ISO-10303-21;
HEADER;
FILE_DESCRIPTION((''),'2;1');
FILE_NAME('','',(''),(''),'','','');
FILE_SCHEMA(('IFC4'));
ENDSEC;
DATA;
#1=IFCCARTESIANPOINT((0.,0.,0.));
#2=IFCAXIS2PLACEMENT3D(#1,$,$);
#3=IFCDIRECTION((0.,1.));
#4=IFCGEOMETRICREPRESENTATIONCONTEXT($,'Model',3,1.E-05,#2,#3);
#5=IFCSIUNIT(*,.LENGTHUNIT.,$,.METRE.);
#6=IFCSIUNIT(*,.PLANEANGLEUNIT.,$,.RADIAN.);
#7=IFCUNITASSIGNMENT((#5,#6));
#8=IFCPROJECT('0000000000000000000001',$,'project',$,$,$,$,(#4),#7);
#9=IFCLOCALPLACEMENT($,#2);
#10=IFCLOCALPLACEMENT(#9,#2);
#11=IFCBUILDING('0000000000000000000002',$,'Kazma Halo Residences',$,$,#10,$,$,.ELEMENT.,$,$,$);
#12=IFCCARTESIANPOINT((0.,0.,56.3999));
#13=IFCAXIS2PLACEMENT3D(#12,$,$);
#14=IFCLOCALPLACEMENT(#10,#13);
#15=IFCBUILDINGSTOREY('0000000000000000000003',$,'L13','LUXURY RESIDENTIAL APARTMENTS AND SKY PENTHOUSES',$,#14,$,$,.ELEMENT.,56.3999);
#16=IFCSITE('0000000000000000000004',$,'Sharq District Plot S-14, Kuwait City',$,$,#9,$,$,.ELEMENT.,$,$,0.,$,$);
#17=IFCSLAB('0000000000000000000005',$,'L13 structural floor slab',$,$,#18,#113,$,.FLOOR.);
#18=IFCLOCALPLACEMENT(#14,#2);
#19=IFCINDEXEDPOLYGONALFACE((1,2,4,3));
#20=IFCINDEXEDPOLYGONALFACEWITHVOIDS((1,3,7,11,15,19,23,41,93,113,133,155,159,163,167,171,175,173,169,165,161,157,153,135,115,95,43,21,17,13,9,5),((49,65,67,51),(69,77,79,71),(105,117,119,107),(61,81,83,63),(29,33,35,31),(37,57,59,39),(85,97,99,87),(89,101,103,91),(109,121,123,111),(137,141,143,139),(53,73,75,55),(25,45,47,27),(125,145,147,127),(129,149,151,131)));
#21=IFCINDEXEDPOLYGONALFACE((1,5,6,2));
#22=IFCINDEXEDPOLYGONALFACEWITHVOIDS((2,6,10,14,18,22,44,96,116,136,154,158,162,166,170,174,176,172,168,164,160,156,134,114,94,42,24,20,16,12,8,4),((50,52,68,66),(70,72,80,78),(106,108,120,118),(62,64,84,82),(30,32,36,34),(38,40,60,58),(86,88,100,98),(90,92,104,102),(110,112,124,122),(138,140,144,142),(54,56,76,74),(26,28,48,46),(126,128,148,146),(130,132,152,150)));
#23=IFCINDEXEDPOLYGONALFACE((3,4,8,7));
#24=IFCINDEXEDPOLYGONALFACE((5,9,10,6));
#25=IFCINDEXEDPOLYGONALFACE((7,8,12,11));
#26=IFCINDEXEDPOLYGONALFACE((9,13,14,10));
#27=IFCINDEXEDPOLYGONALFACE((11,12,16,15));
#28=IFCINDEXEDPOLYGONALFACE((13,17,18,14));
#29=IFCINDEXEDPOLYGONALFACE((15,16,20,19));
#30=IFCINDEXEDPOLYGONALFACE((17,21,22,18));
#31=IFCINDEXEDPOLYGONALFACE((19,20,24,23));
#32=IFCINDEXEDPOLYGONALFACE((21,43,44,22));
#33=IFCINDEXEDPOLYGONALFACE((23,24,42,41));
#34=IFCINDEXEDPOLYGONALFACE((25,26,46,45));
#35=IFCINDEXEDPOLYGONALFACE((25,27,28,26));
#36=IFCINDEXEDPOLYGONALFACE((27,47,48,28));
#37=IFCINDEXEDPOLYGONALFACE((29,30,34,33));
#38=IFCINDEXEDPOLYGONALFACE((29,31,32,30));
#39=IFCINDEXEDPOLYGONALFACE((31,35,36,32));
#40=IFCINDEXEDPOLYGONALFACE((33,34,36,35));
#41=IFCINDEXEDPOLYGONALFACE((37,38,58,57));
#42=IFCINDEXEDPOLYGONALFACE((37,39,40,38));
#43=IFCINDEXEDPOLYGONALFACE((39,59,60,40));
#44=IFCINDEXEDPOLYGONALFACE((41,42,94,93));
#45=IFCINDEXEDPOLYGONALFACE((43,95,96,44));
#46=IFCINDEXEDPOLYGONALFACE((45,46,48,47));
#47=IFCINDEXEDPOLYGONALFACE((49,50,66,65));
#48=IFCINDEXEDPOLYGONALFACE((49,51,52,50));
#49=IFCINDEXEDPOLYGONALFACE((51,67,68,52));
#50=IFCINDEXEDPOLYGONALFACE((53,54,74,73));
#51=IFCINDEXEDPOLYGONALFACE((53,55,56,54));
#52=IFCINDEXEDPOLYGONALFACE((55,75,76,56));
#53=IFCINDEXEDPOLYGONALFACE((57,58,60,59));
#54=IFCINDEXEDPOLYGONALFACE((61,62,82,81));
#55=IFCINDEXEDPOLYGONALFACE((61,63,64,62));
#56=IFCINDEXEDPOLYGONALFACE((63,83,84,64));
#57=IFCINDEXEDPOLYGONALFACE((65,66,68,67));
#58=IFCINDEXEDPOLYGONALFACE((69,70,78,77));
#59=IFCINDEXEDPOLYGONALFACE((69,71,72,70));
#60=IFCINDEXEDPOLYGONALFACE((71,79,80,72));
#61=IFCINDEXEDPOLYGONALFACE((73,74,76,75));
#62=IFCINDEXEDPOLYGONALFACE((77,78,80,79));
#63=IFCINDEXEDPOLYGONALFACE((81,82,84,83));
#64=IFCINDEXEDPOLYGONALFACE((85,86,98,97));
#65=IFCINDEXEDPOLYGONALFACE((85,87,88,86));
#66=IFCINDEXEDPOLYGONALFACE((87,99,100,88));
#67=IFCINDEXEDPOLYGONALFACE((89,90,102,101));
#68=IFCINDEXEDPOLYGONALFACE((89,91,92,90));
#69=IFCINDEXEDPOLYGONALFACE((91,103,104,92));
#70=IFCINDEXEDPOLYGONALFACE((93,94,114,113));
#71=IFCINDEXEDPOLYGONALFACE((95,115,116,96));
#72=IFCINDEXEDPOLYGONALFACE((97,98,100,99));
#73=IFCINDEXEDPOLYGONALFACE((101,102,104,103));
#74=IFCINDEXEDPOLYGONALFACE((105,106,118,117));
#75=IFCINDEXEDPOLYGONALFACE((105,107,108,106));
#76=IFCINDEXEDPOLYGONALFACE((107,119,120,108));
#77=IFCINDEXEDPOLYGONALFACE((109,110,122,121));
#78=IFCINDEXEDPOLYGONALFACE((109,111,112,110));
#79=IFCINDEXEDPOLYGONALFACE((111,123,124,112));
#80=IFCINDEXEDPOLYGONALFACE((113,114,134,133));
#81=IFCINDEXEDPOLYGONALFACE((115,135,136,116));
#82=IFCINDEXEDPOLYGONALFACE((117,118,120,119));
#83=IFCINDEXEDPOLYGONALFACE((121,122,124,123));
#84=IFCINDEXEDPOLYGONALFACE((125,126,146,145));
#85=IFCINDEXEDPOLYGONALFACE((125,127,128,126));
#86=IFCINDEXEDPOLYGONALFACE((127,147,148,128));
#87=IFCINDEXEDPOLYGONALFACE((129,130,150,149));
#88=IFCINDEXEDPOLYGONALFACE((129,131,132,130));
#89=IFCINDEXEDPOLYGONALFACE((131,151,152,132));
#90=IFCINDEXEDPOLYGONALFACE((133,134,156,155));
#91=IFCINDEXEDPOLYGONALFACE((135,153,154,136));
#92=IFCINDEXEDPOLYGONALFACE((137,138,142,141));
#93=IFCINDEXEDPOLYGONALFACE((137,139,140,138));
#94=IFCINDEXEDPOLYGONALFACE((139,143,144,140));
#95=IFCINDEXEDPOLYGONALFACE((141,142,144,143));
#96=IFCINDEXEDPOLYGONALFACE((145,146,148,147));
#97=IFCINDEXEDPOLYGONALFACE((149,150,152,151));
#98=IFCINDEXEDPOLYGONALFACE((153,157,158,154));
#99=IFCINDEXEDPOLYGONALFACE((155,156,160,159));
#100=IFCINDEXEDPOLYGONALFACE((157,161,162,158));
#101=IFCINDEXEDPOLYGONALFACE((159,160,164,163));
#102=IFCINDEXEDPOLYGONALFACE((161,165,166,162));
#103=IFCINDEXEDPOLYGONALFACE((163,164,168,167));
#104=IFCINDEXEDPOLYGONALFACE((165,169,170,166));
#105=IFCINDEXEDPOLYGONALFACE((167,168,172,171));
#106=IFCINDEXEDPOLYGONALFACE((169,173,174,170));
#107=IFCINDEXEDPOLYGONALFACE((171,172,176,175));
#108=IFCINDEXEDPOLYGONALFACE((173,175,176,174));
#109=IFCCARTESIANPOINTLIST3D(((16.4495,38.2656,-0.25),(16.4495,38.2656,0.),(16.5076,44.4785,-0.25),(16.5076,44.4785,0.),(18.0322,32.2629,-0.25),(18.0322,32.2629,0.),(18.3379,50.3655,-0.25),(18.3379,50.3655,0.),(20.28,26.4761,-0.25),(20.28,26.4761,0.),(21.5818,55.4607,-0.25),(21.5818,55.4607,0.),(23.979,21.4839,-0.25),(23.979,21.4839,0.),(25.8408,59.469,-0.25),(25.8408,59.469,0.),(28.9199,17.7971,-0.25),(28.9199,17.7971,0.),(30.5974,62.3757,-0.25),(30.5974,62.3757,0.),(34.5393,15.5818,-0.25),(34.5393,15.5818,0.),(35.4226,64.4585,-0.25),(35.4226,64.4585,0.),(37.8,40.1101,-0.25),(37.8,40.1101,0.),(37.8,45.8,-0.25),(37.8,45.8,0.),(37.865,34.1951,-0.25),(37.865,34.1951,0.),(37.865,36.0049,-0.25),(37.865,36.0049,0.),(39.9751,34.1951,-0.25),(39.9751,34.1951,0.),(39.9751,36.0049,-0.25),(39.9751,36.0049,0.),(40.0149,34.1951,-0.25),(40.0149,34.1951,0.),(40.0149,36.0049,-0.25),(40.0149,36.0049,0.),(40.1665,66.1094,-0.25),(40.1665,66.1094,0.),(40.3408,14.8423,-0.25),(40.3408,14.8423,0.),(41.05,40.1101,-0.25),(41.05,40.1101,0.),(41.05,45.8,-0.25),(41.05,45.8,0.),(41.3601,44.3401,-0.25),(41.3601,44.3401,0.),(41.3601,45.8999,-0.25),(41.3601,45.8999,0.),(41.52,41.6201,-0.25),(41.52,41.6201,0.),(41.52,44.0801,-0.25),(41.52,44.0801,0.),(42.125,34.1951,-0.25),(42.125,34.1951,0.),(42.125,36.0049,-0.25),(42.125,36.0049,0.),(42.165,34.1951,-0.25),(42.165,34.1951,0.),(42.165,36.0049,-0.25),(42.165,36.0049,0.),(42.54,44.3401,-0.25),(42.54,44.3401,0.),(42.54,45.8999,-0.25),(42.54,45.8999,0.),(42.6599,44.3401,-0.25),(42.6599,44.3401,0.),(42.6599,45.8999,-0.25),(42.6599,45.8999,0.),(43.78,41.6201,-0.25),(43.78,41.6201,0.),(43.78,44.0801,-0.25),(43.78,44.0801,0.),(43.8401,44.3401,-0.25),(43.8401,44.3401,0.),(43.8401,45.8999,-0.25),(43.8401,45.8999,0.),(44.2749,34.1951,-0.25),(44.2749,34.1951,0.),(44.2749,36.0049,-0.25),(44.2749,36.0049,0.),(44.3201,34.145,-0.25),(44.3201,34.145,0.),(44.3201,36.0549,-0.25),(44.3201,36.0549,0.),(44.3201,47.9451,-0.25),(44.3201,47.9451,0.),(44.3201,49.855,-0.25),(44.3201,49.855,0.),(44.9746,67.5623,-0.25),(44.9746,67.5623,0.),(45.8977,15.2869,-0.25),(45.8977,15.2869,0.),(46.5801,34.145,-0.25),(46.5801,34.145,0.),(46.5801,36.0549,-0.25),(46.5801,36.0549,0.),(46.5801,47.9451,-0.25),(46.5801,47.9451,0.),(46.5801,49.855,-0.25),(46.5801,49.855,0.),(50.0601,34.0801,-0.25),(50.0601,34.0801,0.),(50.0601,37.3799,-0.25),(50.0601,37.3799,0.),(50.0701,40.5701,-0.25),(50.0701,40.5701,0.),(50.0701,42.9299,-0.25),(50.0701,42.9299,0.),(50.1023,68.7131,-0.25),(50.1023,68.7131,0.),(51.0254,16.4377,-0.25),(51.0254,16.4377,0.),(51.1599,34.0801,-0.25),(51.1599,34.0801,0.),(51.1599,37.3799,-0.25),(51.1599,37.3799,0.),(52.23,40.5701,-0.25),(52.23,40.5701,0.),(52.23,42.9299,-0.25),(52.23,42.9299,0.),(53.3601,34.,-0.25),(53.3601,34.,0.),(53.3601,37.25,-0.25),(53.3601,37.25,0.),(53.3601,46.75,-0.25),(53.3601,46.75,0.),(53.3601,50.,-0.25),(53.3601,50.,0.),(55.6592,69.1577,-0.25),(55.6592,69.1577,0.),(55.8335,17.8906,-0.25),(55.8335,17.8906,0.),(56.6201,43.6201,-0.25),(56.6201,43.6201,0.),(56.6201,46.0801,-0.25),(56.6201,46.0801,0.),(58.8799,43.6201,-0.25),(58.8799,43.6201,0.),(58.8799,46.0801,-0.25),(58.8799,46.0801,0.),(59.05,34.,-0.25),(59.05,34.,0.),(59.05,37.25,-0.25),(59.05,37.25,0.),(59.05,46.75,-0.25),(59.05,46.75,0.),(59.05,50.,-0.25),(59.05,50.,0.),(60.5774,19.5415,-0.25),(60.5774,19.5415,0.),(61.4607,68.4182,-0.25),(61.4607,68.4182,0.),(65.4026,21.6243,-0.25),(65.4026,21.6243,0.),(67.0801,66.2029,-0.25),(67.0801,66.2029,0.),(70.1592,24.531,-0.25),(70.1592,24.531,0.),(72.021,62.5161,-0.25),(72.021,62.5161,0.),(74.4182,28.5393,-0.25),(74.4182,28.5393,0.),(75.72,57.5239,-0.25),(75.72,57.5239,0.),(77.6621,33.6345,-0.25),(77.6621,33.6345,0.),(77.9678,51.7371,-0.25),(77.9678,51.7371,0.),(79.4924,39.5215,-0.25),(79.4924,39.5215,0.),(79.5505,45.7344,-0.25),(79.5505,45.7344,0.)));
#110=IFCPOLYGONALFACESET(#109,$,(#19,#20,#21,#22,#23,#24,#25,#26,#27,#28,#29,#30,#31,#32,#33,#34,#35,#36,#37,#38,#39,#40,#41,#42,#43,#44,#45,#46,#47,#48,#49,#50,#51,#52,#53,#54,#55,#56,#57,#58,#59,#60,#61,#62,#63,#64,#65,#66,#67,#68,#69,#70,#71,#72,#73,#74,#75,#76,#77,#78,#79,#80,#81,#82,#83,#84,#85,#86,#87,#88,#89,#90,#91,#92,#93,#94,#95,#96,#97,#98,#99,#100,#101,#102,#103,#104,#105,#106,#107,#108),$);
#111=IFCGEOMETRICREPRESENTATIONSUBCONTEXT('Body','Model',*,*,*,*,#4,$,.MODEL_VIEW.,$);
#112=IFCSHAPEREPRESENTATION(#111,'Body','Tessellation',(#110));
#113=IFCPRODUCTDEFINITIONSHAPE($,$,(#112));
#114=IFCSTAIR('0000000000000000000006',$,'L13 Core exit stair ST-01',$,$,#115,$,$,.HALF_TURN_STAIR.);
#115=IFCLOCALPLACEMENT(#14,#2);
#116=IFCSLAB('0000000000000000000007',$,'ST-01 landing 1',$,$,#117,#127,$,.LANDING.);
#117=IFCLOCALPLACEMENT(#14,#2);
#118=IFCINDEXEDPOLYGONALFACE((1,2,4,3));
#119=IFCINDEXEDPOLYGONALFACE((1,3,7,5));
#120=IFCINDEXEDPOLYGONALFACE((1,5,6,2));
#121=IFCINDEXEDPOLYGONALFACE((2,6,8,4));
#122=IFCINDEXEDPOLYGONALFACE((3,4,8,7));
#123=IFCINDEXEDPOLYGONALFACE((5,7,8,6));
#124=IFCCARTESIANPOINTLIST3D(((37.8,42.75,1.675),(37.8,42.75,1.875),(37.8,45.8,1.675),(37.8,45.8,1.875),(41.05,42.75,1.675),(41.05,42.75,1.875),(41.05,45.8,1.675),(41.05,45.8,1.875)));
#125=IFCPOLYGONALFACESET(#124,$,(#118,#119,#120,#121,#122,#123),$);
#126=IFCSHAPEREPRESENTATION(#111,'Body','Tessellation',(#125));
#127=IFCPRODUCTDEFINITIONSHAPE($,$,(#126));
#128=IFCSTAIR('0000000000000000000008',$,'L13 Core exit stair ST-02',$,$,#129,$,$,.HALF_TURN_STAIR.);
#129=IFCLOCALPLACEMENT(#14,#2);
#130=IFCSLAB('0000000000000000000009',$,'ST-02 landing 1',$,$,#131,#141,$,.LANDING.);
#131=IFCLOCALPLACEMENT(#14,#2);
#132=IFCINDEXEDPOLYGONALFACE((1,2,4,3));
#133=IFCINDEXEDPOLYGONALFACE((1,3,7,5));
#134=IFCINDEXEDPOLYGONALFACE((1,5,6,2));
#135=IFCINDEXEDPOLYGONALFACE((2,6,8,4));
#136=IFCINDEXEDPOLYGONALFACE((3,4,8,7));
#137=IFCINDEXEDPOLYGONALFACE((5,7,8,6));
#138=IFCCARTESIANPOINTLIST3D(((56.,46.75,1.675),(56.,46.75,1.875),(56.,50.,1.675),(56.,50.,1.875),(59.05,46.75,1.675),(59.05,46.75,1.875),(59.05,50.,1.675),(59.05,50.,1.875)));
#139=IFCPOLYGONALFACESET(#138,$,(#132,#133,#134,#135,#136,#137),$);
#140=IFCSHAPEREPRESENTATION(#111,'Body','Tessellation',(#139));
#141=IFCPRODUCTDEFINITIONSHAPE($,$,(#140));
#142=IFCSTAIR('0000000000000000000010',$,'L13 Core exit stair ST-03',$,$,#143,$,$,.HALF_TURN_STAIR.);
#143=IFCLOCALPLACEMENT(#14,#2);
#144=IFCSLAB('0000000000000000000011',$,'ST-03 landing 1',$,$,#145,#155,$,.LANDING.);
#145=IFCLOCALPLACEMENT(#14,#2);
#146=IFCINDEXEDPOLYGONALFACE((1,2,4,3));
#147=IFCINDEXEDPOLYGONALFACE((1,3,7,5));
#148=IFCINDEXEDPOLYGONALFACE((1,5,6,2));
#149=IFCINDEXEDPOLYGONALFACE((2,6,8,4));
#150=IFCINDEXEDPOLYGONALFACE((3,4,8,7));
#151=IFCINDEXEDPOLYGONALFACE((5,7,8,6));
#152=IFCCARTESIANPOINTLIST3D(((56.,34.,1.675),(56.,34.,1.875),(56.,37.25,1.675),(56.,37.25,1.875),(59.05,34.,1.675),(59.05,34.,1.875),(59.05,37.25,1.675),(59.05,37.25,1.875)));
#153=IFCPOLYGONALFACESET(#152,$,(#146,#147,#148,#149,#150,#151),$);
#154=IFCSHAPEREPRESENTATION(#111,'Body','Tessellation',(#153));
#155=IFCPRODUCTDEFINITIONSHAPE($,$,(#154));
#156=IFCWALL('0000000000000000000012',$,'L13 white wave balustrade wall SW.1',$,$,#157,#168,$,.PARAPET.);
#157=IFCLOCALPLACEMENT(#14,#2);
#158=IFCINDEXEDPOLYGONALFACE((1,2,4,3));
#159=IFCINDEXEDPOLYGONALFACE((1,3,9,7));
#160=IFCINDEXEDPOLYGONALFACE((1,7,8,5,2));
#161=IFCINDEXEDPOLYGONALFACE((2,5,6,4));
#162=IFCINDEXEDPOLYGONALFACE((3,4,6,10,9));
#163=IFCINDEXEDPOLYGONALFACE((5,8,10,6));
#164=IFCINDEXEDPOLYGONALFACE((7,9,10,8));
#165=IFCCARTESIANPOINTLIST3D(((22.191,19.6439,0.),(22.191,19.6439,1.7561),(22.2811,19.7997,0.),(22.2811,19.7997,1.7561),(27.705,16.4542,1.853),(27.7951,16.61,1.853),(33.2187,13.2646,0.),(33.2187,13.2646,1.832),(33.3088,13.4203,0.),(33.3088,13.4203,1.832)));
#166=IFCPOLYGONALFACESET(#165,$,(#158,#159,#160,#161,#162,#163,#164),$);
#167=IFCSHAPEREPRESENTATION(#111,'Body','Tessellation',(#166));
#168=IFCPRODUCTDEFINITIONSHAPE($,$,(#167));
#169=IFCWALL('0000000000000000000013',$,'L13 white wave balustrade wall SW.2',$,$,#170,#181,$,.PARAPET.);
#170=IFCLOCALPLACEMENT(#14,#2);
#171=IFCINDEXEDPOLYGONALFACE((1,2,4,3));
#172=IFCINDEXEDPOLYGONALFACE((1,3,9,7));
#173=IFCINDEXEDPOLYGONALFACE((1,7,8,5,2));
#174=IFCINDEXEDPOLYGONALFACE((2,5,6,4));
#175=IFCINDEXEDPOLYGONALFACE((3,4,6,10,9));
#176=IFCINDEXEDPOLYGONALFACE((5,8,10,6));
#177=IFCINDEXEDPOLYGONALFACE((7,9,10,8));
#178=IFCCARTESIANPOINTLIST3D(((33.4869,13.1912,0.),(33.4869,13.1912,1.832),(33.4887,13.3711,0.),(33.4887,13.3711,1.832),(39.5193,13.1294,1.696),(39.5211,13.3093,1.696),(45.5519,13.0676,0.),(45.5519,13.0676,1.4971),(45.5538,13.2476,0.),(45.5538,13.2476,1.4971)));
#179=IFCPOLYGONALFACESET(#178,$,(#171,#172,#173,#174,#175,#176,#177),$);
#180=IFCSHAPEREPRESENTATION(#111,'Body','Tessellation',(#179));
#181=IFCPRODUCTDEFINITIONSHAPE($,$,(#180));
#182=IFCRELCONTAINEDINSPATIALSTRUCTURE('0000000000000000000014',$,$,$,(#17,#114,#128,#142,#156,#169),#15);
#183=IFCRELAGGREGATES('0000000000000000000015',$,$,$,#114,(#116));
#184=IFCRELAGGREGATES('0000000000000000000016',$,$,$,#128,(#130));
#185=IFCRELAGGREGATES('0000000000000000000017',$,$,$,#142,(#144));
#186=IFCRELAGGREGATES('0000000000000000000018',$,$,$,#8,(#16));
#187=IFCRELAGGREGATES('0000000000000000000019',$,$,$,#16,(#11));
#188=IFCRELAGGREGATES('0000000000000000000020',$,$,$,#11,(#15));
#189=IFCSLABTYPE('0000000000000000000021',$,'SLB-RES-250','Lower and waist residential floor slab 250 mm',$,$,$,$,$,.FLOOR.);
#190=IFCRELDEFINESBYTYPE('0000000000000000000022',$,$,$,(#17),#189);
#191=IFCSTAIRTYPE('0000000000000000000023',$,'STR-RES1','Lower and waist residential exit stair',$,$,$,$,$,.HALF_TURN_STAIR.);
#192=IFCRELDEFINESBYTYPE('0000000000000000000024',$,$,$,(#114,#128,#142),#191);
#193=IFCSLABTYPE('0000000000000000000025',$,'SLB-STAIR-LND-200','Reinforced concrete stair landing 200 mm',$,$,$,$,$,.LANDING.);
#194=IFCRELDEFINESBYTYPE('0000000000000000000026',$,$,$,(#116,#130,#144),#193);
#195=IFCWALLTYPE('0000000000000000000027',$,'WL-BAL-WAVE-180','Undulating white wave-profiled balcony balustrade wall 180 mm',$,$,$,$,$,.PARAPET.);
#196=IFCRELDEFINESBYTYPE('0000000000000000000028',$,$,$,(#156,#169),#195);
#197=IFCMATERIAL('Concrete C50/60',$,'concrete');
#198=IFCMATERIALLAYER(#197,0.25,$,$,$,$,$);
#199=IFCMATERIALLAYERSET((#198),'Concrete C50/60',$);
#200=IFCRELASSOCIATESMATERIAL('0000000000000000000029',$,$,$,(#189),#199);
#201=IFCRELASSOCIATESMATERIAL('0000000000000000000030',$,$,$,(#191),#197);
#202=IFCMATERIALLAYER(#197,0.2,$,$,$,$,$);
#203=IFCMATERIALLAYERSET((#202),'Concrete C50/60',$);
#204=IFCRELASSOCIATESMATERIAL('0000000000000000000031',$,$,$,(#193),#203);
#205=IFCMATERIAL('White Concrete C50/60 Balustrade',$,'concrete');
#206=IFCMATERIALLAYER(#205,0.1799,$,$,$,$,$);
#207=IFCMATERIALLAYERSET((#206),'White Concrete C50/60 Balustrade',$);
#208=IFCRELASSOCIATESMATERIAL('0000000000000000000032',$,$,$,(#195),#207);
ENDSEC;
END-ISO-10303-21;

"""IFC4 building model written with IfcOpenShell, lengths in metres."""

from ifc_helpers import new_model, si_unit, direction, frame, origin, place, context, subcontext, project, spatial, polyline, outline, extrude, material, layer, layer_set, type_object, element, aggregate, save


model = new_model("IFC4")

# Units and contexts
model_context = context("Model", 3, precision=1e-05, world=origin(), true_north=direction((0.0, 1.0)))
body_context = subcontext(model_context, "Body", "Model", "MODEL_VIEW")
ifc_project = project(units=[si_unit("LENGTHUNIT", "METRE"), si_unit("PLANEANGLEUNIT", "RADIAN")], contexts=[model_context])

# Site, building, storey
site_placement = place(None, origin())
site = spatial("IfcSite", under=ifc_project, at=site_placement, Name="Sharq District Plot S-14, Kuwait City", CompositionType="ELEMENT", RefElevation=0.0)
building_placement = place(site_placement, origin())
building = spatial("IfcBuilding", under=site, at=building_placement, Name="Kazma Halo Residences", CompositionType="ELEMENT")
storey_placement = place(building_placement, frame((0.0, 0.0, 56.3999)))
storey = spatial("IfcBuildingStorey", under=building, at=storey_placement, Name="L13", Description="LUXURY RESIDENTIAL APARTMENTS AND SKY PENTHOUSES", CompositionType="ELEMENT", Elevation=56.3999)

# Slab
ifc_material_1 = material(Name="Concrete C50/60", Category="concrete")
ifc_layer_1 = layer(ifc_material_1, 0.25)
ifc_layer_set_1 = layer_set([ifc_layer_1], Name="Concrete C50/60")
slab_type_1 = type_object("IfcSlabType", Name="SLB-RES-250", Description="Lower and waist residential floor slab 250 mm", PredefinedType="FLOOR", material=ifc_layer_set_1)
slab_1_placement = place(storey_placement, frame((0.0, 0.0, -0.25)))
element("IfcSlab", 1, at=slab_1_placement, inside=storey, type_object=slab_type_1, Name="L13 structural floor slab", PredefinedType="FLOOR", context=body_context, shape_type="SweptSolid", body=[
    extrude(outline(polyline([(77.9678, 51.7371), (75.72, 57.5239), (72.021, 62.5161), (67.0801, 66.2029), (61.4607, 68.4182), (55.6592, 69.1577), (50.1023, 68.7131), (44.9746, 67.5623), (40.1665, 66.1094), (35.4226, 64.4585), (30.5974, 62.3757), (25.8408, 59.469), (21.5818, 55.4607), (18.3379, 50.3655), (16.5076, 44.4785), (16.4495, 38.2656), (18.0322, 32.2629), (20.28, 26.4761), (23.979, 21.4839), (28.9199, 17.7971), (34.5393, 15.5818), (40.3408, 14.8423), (45.8977, 15.2869), (51.0254, 16.4377), (55.8335, 17.8906), (60.5774, 19.5415), (65.4026, 21.6243), (70.1592, 24.531), (74.4182, 28.5393), (77.6621, 33.6345), (79.4924, 39.5215), (79.5505, 45.7344), (77.9678, 51.7371)]), holes=[polyline([(37.8, 40.1101), (41.05, 40.1101), (41.05, 45.8), (37.8, 45.8), (37.8, 40.1101)]), polyline([(53.3601, 46.75), (59.05, 46.75), (59.05, 50.0), (53.3601, 50.0), (53.3601, 46.75)]), polyline([(53.3601, 34.0), (59.05, 34.0), (59.05, 37.25), (53.3601, 37.25), (53.3601, 34.0)]), polyline([(41.52, 41.6201), (43.78, 41.6201), (43.78, 44.0801), (41.52, 44.0801), (41.52, 41.6201)]), polyline([(56.6201, 43.6201), (58.8799, 43.6201), (58.8799, 46.0801), (56.6201, 46.0801), (56.6201, 43.6201)]), polyline([(37.865, 34.1951), (39.9751, 34.1951), (39.9751, 36.0049), (37.865, 36.0049), (37.865, 34.1951)]), polyline([(40.0149, 34.1951), (42.125, 34.1951), (42.125, 36.0049), (40.0149, 36.0049), (40.0149, 34.1951)]), polyline([(42.165, 34.1951), (44.2749, 34.1951), (44.2749, 36.0049), (42.165, 36.0049), (42.165, 34.1951)]), polyline([(44.3201, 47.9451), (46.5801, 47.9451), (46.5801, 49.855), (44.3201, 49.855), (44.3201, 47.9451)]), polyline([(44.3201, 34.145), (46.5801, 34.145), (46.5801, 36.0549), (44.3201, 36.0549), (44.3201, 34.145)]), polyline([(50.0701, 40.5701), (52.23, 40.5701), (52.23, 42.9299), (50.0701, 42.9299), (50.0701, 40.5701)]), polyline([(41.3601, 44.3401), (42.54, 44.3401), (42.54, 45.8999), (41.3601, 45.8999), (41.3601, 44.3401)]), polyline([(42.6599, 44.3401), (43.8401, 44.3401), (43.8401, 45.8999), (42.6599, 45.8999), (42.6599, 44.3401)]), polyline([(50.0601, 34.0801), (51.1599, 34.0801), (51.1599, 37.3799), (50.0601, 37.3799), (50.0601, 34.0801)])]), origin(), (0.0, 0.0, 1.0), 0.25),
])

# Stairs, slabs
stair_type = type_object("IfcStairType", Name="STR-RES1", Description="Lower and waist residential exit stair", PredefinedType="HALF_TURN_STAIR", material=ifc_material_1)
stair_1_placement = place(storey_placement, origin())
stair_1 = element("IfcStair", 2, at=stair_1_placement, inside=storey, type_object=stair_type, Name="L13 Core exit stair ST-01", PredefinedType="HALF_TURN_STAIR")
ifc_layer_2 = layer(ifc_material_1, 0.2)
ifc_layer_set_2 = layer_set([ifc_layer_2], Name="Concrete C50/60")
slab_type_2 = type_object("IfcSlabType", Name="SLB-STAIR-LND-200", Description="Reinforced concrete stair landing 200 mm", PredefinedType="LANDING", material=ifc_layer_set_2)
slab_2_placement = place(storey_placement, frame((0.0, 0.0, 1.675)))
slab_2 = element("IfcSlab", 3, at=slab_2_placement, type_object=slab_type_2, Name="ST-01 landing 1", PredefinedType="LANDING", context=body_context, shape_type="SweptSolid", body=[
    extrude(outline(polyline([(41.05, 42.75), (41.05, 45.8), (37.8, 45.8), (37.8, 42.75), (41.05, 42.75)])), origin(), (0.0, 0.0, 1.0), 0.2),
])
aggregate(stair_1, [slab_2])
stair_2_placement = place(storey_placement, origin())
stair_2 = element("IfcStair", 4, at=stair_2_placement, inside=storey, type_object=stair_type, Name="L13 Core exit stair ST-02", PredefinedType="HALF_TURN_STAIR")
slab_3_placement = place(storey_placement, frame((0.0, 0.0, 1.675)))
slab_3 = element("IfcSlab", 5, at=slab_3_placement, type_object=slab_type_2, Name="ST-02 landing 1", PredefinedType="LANDING", context=body_context, shape_type="SweptSolid", body=[
    extrude(outline(polyline([(56.0, 46.75), (59.05, 46.75), (59.05, 50.0), (56.0, 50.0), (56.0, 46.75)])), origin(), (0.0, 0.0, 1.0), 0.2),
])
aggregate(stair_2, [slab_3])
stair_3_placement = place(storey_placement, origin())
stair_3 = element("IfcStair", 6, at=stair_3_placement, inside=storey, type_object=stair_type, Name="L13 Core exit stair ST-03", PredefinedType="HALF_TURN_STAIR")
slab_4_placement = place(storey_placement, frame((0.0, 0.0, 1.675)))
slab_4 = element("IfcSlab", 7, at=slab_4_placement, type_object=slab_type_2, Name="ST-03 landing 1", PredefinedType="LANDING", context=body_context, shape_type="SweptSolid", body=[
    extrude(outline(polyline([(56.0, 34.0), (59.05, 34.0), (59.05, 37.25), (56.0, 37.25), (56.0, 34.0)])), origin(), (0.0, 0.0, 1.0), 0.2),
])
aggregate(stair_3, [slab_4])

# Walls
ifc_material_2 = material(Name="White Concrete C50/60 Balustrade", Category="concrete")
ifc_layer_3 = layer(ifc_material_2, 0.1799)
ifc_layer_set_3 = layer_set([ifc_layer_3], Name="White Concrete C50/60 Balustrade")
wall_type_1 = type_object("IfcWallType", Name="WL-BAL-WAVE-180", Description="Undulating white wave-profiled balcony balustrade wall 180 mm", PredefinedType="PARAPET", material=ifc_layer_set_3)
wall_1_placement = place(storey_placement, frame((22.2361, 19.7219, 0.0), z_axis=(0.0, 0.0, 1.0), x_axis=(0.865601, -0.500734, 0.0)))
element("IfcWall", 8, at=wall_1_placement, inside=storey, type_object=wall_type_1, Name="L13 white wave balustrade wall SW.1", PredefinedType="PARAPET", context=body_context, shape_type="SweptSolid", body=[
    extrude(outline(polyline([(0.0, 0.0), (12.74, 0.0), (12.74, 1.832), (6.3701, 1.853), (0.0, 1.7561), (0.0, 0.0)])), frame((0.0, 0.0898, 0.0), z_axis=(0.0, -1.0, 0.0), x_axis=(1.0, 0.0, 0.0)), (0.0, 0.0, 1.0), 0.1799),
])
wall_2_placement = place(storey_placement, frame((33.4878, 13.2812, 0.0), z_axis=(0.0, 0.0, 1.0), x_axis=(0.999948, -0.010239, 0.0)))
element("IfcWall", 9, at=wall_2_placement, inside=storey, type_object=wall_type_1, Name="L13 white wave balustrade wall SW.2", PredefinedType="PARAPET", context=body_context, shape_type="SweptSolid", body=[
    extrude(outline(polyline([(0.0, 0.0), (12.0657, 0.0), (12.0657, 1.4971), (6.0327, 1.696), (0.0, 1.832), (0.0, 0.0)])), frame((0.0, 0.0898, 0.0), z_axis=(0.0, -1.0, 0.0), x_axis=(1.0, 0.0, 0.0)), (0.0, 0.0, 1.0), 0.1799),
])

save(model, "model.ifc")
